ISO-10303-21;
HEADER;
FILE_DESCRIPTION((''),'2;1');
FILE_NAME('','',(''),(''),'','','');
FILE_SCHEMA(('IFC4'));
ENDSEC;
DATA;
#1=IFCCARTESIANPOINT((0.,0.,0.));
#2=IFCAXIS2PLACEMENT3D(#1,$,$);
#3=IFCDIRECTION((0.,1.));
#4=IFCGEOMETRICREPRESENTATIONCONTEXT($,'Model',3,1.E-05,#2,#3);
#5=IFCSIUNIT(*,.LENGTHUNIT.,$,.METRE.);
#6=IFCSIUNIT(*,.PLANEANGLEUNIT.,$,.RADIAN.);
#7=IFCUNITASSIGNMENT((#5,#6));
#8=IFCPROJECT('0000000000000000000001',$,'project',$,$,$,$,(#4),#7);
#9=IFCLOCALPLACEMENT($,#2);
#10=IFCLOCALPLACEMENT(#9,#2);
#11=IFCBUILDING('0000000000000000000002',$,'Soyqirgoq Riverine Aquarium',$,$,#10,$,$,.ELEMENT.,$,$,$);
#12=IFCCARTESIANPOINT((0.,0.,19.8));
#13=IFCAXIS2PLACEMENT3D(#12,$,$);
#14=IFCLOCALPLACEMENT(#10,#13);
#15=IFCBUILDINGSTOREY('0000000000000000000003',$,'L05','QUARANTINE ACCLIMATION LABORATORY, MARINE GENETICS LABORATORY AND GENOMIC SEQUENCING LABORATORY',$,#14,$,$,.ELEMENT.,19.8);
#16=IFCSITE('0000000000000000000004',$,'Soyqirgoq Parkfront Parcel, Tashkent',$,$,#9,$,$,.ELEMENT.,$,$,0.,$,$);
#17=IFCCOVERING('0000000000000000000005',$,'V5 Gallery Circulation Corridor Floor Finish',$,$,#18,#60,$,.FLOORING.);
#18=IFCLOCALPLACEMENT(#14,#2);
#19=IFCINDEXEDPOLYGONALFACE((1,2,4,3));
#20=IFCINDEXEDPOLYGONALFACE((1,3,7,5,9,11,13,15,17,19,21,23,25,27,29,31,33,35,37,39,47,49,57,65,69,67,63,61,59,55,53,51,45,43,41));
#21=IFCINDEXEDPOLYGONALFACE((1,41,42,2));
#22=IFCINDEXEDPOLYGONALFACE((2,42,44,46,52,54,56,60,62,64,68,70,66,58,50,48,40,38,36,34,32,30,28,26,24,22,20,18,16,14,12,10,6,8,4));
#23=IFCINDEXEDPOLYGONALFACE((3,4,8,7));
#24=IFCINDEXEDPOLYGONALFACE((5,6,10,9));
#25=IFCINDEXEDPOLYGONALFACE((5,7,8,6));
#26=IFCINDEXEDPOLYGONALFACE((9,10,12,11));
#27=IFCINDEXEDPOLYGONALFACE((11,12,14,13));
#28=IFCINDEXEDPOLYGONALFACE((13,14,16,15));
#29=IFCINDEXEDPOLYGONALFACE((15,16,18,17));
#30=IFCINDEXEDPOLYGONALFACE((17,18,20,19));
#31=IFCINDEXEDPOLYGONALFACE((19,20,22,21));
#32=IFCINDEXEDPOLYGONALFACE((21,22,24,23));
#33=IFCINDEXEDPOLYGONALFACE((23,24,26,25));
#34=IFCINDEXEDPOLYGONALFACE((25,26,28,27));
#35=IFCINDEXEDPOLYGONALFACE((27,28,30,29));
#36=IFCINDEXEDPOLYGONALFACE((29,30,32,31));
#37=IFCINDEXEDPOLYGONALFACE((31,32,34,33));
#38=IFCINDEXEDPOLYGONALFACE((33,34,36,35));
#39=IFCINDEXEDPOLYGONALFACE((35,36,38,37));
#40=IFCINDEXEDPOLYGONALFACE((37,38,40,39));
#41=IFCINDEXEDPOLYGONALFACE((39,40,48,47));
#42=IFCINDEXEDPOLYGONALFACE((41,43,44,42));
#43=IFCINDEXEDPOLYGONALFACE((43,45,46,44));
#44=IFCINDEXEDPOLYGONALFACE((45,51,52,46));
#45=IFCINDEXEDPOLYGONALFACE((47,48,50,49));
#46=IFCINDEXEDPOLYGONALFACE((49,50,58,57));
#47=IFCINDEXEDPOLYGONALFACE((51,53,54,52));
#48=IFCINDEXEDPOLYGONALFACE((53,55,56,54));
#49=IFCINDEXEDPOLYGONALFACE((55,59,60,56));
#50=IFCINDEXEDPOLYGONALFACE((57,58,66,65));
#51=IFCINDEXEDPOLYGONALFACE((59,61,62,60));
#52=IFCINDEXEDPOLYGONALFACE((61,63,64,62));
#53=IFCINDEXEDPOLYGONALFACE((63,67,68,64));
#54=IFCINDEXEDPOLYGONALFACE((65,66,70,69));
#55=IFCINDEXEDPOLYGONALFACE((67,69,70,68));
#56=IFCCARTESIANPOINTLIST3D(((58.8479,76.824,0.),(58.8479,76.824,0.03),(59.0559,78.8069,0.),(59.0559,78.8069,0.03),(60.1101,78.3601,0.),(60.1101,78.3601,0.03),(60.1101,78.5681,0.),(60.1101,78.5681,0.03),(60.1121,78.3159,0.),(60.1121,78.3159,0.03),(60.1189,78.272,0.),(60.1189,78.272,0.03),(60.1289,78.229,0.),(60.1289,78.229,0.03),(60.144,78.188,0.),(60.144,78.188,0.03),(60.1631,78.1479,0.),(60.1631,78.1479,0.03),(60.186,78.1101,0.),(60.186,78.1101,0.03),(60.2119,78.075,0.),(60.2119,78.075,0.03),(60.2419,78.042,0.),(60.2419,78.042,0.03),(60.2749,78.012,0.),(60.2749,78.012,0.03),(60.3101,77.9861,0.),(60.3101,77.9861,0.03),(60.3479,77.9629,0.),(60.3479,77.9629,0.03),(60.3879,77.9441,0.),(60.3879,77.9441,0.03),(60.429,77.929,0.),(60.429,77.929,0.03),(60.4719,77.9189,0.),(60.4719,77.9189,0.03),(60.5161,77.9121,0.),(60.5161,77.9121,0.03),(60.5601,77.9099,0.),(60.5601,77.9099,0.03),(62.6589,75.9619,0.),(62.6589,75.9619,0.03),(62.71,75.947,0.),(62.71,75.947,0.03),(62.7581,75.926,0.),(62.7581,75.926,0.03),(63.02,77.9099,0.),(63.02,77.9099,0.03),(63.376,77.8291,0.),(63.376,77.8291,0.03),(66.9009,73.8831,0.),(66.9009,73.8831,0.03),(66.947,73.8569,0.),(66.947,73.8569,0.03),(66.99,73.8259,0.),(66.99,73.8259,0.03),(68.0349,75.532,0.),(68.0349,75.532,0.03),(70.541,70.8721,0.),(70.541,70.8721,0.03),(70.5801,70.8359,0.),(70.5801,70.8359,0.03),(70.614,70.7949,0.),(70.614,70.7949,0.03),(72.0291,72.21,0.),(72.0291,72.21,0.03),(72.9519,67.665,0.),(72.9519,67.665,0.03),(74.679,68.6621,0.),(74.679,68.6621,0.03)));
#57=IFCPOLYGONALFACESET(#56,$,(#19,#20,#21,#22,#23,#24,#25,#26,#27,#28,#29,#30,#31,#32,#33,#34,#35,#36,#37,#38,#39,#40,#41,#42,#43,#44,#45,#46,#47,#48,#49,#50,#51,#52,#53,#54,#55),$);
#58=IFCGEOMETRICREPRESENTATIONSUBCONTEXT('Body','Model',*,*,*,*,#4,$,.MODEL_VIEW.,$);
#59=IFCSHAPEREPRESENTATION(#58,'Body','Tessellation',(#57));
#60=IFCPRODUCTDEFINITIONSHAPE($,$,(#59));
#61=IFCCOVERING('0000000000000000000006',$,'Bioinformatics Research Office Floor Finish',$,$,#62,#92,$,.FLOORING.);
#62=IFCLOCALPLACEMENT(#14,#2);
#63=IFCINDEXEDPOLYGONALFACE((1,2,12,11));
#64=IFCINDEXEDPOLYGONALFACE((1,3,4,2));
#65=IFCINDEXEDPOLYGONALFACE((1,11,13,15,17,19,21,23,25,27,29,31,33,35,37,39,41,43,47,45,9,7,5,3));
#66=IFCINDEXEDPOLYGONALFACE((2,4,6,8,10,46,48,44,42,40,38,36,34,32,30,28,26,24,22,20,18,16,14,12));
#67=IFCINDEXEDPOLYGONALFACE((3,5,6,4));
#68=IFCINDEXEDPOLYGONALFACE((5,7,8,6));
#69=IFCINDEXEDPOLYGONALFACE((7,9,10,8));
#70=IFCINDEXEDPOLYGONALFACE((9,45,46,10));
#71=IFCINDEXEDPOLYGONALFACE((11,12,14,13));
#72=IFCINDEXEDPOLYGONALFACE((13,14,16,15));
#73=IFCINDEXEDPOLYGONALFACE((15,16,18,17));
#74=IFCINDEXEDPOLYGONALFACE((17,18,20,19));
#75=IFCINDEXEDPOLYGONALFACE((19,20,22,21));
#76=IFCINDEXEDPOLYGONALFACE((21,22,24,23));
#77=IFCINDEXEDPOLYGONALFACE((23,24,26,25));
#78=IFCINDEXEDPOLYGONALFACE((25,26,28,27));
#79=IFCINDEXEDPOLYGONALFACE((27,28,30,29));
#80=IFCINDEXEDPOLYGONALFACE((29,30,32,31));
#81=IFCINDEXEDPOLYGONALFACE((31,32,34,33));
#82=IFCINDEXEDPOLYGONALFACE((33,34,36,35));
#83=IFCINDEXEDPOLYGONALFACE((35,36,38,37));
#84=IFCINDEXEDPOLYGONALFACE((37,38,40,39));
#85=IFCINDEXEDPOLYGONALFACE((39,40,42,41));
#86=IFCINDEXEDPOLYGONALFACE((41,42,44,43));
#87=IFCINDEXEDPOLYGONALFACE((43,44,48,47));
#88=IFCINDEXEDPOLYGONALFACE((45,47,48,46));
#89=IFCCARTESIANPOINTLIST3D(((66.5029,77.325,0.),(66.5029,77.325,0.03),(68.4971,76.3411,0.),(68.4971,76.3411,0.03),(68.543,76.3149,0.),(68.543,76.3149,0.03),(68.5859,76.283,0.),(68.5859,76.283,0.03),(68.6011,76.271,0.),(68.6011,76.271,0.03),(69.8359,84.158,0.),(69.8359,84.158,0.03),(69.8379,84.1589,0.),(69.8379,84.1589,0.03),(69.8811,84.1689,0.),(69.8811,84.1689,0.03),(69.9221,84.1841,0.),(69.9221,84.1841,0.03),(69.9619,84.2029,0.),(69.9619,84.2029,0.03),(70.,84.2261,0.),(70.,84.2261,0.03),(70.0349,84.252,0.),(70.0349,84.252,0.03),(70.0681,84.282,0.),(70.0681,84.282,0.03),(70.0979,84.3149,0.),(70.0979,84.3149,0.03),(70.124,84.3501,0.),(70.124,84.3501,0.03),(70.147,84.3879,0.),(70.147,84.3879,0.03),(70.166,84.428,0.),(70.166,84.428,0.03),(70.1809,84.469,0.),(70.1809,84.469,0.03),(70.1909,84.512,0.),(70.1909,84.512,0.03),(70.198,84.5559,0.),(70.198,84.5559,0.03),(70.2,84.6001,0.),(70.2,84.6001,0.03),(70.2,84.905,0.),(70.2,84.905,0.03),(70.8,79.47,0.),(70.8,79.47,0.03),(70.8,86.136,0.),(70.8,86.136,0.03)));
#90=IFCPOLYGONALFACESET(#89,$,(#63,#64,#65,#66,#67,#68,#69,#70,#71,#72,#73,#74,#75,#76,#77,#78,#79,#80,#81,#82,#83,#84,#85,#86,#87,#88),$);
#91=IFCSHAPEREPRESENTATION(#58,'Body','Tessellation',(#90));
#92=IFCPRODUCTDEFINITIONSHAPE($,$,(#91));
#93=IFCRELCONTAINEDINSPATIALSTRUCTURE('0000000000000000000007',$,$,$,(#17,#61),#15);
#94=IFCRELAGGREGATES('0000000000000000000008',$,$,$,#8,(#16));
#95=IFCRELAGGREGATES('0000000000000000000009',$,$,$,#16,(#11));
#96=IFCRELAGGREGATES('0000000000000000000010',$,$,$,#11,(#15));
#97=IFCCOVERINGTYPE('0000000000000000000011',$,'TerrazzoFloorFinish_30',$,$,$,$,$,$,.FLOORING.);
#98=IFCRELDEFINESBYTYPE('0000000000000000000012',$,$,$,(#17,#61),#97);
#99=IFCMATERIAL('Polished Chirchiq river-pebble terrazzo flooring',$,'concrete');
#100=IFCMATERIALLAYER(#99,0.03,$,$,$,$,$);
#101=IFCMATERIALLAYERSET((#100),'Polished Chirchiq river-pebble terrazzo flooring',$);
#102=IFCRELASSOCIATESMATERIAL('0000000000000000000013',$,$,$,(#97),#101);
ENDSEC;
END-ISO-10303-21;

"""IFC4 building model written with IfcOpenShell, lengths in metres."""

from ifc_helpers import new_model, si_unit, direction, frame, origin, place, context, subcontext, project, spatial, polyline, outline, extrude, material, layer, layer_set, type_object, element, save


model = new_model("IFC4")

# Units and contexts
model_context = context("Model", 3, precision=1e-05, world=origin(), true_north=direction((0.0, 1.0)))
body_context = subcontext(model_context, "Body", "Model", "MODEL_VIEW")
ifc_project = project(units=[si_unit("LENGTHUNIT", "METRE"), si_unit("PLANEANGLEUNIT", "RADIAN")], contexts=[model_context])

# Site, building, storey
site_placement = place(None, origin())
site = spatial("IfcSite", under=ifc_project, at=site_placement, Name="Soyqirgoq Parkfront Parcel, Tashkent", CompositionType="ELEMENT", RefElevation=0.0)
building_placement = place(site_placement, origin())
building = spatial("IfcBuilding", under=site, at=building_placement, Name="Soyqirgoq Riverine Aquarium", CompositionType="ELEMENT")
storey_placement = place(building_placement, frame((0.0, 0.0, 19.8)))
storey = spatial("IfcBuildingStorey", under=building, at=storey_placement, Name="L05", Description="QUARANTINE ACCLIMATION LABORATORY, MARINE GENETICS LABORATORY AND GENOMIC SEQUENCING LABORATORY", CompositionType="ELEMENT", Elevation=19.8)

# Coverings
ifc_material_1 = material(Name="Polished Chirchiq river-pebble terrazzo flooring", Category="concrete")
ifc_layer_1 = layer(ifc_material_1, 0.03)
ifc_layer_set_1 = layer_set([ifc_layer_1], Name="Polished Chirchiq river-pebble terrazzo flooring")
covering_type_1 = type_object("IfcCoveringType", Name="TerrazzoFloorFinish_30", PredefinedType="FLOORING", material=ifc_layer_set_1)
covering_1_placement = place(storey_placement, origin())
element("IfcCovering", 1, at=covering_1_placement, inside=storey, type_object=covering_type_1, Name="V5 Gallery Circulation Corridor Floor Finish", PredefinedType="FLOORING", context=body_context, shape_type="SweptSolid", body=[
    extrude(outline(polyline([(59.0559, 78.8069), (60.1101, 78.5681), (60.1101, 78.3601), (60.1121, 78.3159), (60.1189, 78.272), (60.1289, 78.229), (60.144, 78.188), (60.1631, 78.1479), (60.186, 78.1101), (60.2119, 78.075), (60.2419, 78.042), (60.2749, 78.012), (60.3101, 77.9861), (60.3479, 77.9629), (60.3879, 77.9441), (60.429, 77.929), (60.4719, 77.9189), (60.5161, 77.9121), (60.5601, 77.9099), (63.02, 77.9099), (63.376, 77.8291), (68.0349, 75.532), (72.0291, 72.21), (74.679, 68.6621), (72.9519, 67.665), (70.614, 70.7949), (70.5801, 70.8359), (70.541, 70.8721), (66.99, 73.8259), (66.947, 73.8569), (66.9009, 73.8831), (62.7581, 75.926), (62.71, 75.947), (62.6589, 75.9619), (58.8479, 76.824), (59.0559, 78.8069)])), origin(), (0.0, 0.0, 1.0), 0.03),
])
covering_2_placement = place(storey_placement, origin())
element("IfcCovering", 2, at=covering_2_placement, inside=storey, type_object=covering_type_1, Name="Bioinformatics Research Office Floor Finish", PredefinedType="FLOORING", context=body_context, shape_type="SweptSolid", body=[
    extrude(outline(polyline([(68.5859, 76.283), (68.543, 76.3149), (68.4971, 76.3411), (66.5029, 77.325), (69.8359, 84.158), (69.8379, 84.1589), (69.8811, 84.1689), (69.9221, 84.1841), (69.9619, 84.2029), (70.0, 84.2261), (70.0349, 84.252), (70.0681, 84.282), (70.0979, 84.3149), (70.124, 84.3501), (70.147, 84.3879), (70.166, 84.428), (70.1809, 84.469), (70.1909, 84.512), (70.198, 84.5559), (70.2, 84.6001), (70.2, 84.905), (70.8, 86.136), (70.8, 79.47), (68.6011, 76.271), (68.5859, 76.283)])), origin(), (0.0, 0.0, 1.0), 0.03),
])

save(model, "model.ifc")
